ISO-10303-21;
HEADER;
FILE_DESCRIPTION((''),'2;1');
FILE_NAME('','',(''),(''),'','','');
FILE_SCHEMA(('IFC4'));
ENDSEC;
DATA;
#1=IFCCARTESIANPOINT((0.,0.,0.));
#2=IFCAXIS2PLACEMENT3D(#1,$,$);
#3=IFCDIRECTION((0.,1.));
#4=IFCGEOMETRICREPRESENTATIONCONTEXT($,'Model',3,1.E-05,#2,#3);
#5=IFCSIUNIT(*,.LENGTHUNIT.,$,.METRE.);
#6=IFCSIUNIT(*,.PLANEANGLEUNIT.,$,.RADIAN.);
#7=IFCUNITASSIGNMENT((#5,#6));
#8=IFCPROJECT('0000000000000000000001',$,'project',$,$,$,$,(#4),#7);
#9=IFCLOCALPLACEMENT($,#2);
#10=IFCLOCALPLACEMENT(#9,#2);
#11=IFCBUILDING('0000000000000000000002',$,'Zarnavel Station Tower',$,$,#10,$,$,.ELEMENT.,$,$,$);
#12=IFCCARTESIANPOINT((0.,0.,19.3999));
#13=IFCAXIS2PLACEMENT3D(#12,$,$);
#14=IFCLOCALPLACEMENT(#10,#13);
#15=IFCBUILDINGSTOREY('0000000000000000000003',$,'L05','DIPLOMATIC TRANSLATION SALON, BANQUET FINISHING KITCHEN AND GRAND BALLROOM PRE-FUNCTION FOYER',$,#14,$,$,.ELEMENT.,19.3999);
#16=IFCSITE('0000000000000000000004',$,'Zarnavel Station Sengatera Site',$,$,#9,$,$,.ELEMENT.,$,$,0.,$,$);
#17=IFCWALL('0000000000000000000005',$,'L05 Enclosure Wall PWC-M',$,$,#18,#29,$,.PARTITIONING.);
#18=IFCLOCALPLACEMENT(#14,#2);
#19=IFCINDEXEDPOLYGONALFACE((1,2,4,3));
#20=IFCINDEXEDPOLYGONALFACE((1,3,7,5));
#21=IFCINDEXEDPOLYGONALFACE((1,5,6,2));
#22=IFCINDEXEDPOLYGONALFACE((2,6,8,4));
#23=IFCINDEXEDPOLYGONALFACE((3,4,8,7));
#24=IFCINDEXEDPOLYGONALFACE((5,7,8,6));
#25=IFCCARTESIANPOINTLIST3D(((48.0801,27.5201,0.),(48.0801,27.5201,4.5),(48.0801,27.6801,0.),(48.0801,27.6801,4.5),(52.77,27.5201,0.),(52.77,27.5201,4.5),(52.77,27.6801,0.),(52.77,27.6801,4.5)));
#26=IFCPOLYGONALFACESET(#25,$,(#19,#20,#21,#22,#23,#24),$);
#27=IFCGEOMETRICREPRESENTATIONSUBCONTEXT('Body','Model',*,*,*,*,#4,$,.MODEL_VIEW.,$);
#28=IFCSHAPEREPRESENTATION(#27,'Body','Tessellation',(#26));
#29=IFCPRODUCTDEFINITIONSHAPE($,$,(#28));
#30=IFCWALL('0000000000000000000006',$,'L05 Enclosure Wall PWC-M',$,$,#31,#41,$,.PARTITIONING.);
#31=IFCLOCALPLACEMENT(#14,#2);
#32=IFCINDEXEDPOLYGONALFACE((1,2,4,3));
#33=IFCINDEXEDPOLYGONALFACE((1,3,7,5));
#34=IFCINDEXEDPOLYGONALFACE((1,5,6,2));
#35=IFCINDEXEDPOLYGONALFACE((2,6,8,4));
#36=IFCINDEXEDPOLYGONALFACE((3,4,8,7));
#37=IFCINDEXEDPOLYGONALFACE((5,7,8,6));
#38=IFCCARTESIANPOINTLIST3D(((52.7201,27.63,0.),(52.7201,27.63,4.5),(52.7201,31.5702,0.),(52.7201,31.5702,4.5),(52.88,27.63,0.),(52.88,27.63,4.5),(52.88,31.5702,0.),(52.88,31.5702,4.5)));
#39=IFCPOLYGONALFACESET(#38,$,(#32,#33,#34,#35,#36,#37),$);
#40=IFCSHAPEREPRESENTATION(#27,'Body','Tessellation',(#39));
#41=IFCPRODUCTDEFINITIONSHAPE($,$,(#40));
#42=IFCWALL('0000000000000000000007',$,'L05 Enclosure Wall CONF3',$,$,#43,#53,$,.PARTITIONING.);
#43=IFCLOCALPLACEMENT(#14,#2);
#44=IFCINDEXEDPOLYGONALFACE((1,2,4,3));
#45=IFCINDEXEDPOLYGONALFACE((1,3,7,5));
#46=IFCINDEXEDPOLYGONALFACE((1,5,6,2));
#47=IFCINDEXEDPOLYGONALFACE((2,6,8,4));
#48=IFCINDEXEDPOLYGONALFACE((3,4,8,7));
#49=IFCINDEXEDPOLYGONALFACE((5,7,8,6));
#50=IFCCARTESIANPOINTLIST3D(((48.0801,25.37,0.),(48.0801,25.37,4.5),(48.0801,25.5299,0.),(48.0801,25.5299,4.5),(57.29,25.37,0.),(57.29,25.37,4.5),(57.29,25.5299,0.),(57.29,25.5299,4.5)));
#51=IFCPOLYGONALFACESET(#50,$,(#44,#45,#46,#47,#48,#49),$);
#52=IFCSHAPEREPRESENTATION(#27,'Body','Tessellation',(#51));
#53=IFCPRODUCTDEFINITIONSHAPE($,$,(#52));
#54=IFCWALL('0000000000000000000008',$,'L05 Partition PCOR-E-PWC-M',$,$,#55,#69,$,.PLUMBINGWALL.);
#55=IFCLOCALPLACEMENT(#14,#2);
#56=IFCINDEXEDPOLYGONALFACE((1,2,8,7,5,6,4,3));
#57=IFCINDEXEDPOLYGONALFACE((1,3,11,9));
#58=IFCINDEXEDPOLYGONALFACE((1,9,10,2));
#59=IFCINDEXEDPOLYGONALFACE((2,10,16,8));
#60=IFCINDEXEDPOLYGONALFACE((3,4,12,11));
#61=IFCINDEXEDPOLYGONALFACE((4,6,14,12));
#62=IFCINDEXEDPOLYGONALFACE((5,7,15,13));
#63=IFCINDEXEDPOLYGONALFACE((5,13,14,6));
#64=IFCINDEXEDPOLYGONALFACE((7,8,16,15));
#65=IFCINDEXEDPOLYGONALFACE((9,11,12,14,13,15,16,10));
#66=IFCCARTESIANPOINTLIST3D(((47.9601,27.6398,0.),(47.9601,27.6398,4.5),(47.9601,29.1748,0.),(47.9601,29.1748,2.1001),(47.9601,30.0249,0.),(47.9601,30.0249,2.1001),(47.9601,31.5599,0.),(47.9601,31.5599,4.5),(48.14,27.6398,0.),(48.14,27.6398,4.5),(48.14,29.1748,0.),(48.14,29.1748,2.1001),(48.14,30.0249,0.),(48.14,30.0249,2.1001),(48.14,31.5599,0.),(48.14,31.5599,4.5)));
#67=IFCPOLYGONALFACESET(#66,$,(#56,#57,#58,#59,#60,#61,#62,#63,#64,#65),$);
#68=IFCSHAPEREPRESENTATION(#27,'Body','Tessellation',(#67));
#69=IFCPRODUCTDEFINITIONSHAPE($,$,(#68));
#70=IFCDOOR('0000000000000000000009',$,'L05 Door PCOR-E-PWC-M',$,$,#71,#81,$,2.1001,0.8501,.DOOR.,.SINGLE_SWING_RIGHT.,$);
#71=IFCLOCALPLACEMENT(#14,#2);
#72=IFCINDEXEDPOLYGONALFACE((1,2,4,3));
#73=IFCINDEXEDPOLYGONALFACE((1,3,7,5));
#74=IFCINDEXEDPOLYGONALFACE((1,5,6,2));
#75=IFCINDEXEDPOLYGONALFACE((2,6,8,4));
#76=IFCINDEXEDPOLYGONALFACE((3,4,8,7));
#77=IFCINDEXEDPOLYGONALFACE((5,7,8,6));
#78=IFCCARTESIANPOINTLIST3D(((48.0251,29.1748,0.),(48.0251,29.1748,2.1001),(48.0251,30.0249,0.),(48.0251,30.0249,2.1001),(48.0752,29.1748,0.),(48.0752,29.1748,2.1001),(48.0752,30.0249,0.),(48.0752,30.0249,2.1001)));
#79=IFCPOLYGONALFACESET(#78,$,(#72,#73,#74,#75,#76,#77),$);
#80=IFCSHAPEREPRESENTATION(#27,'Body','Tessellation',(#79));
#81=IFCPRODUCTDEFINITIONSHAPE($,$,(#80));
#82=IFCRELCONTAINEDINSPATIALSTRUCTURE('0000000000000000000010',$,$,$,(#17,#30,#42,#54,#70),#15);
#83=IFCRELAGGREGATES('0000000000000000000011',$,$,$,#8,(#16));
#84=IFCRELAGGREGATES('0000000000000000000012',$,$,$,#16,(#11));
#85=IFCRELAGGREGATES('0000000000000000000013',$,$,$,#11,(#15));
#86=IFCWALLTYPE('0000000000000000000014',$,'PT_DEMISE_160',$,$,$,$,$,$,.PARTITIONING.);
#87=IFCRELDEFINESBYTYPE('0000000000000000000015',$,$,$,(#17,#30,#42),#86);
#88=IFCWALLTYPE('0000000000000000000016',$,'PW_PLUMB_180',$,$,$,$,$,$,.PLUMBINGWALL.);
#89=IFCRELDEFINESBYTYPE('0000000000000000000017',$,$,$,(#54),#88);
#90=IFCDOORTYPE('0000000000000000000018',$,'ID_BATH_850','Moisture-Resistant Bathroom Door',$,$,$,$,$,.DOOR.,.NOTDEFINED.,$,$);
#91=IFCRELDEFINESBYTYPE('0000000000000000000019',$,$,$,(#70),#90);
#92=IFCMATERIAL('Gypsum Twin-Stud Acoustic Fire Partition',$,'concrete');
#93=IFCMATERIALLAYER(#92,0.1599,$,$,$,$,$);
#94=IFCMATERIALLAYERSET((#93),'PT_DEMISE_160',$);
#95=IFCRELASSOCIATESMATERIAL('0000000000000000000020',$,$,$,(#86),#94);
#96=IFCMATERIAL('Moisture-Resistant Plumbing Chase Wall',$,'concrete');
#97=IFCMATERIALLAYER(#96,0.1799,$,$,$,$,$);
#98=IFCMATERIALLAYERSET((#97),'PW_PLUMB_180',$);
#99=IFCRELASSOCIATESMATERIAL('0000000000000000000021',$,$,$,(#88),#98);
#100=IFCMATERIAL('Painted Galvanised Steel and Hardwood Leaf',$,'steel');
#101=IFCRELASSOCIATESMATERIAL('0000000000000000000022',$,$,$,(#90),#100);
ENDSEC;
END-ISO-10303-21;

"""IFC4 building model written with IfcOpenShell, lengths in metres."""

from ifc_helpers import new_model, si_unit, direction, frame, frame_2d, origin, place, context, subcontext, project, spatial, rectangle, extrude, material, layer, layer_set, type_object, element, fill, save


model = new_model("IFC4")

# Units and contexts
model_context = context("Model", 3, precision=1e-05, world=origin(), true_north=direction((0.0, 1.0)))
body_context = subcontext(model_context, "Body", "Model", "MODEL_VIEW")
ifc_project = project(units=[si_unit("LENGTHUNIT", "METRE"), si_unit("PLANEANGLEUNIT", "RADIAN")], contexts=[model_context])

# Site, building, storey
site_placement = place(None, origin())
site = spatial("IfcSite", under=ifc_project, at=site_placement, Name="Zarnavel Station Sengatera Site", CompositionType="ELEMENT", RefElevation=0.0)
building_placement = place(site_placement, origin())
building = spatial("IfcBuilding", under=site, at=building_placement, Name="Zarnavel Station Tower", CompositionType="ELEMENT")
storey_placement = place(building_placement, frame((0.0, 0.0, 19.3999)))
storey = spatial("IfcBuildingStorey", under=building, at=storey_placement, Name="L05", Description="DIPLOMATIC TRANSLATION SALON, BANQUET FINISHING KITCHEN AND GRAND BALLROOM PRE-FUNCTION FOYER", CompositionType="ELEMENT", Elevation=19.3999)

# Walls
ifc_material_1 = material(Name="Gypsum Twin-Stud Acoustic Fire Partition", Category="concrete")
ifc_layer_1 = layer(ifc_material_1, 0.1599)
ifc_layer_set_1 = layer_set([ifc_layer_1], Name="PT_DEMISE_160")
wall_type_1 = type_object("IfcWallType", Name="PT_DEMISE_160", PredefinedType="PARTITIONING", material=ifc_layer_set_1)
wall_1_placement = place(storey_placement, frame((48.0801, 27.6001, 0.0), z_axis=(0.0, 0.0, 1.0), x_axis=(1.0, 0.0, 0.0)))
element("IfcWall", 1, at=wall_1_placement, inside=storey, type_object=wall_type_1, Name="L05 Enclosure Wall PWC-M", PredefinedType="PARTITIONING", context=body_context, shape_type="SweptSolid", body=[
    extrude(rectangle(XDim=4.6899, YDim=0.1599, at=frame_2d((2.345, 0.0))), origin(), (0.0, 0.0, 1.0), 4.5),
])
wall_2_placement = place(storey_placement, frame((52.8, 27.6299, 0.0), z_axis=(0.0, 0.0, 1.0), x_axis=(0.0, 1.0, 0.0)))
element("IfcWall", 2, at=wall_2_placement, inside=storey, type_object=wall_type_1, Name="L05 Enclosure Wall PWC-M", PredefinedType="PARTITIONING", context=body_context, shape_type="SweptSolid", body=[
    extrude(rectangle(XDim=3.9402, YDim=0.1599, at=frame_2d((1.9702, 0.0))), origin(), (0.0, 0.0, 1.0), 4.5),
])
wall_3_placement = place(storey_placement, frame((48.0801, 25.45, 0.0), z_axis=(0.0, 0.0, 1.0), x_axis=(1.0, 0.0, 0.0)))
element("IfcWall", 3, at=wall_3_placement, inside=storey, type_object=wall_type_1, Name="L05 Enclosure Wall CONF3", PredefinedType="PARTITIONING", context=body_context, shape_type="SweptSolid", body=[
    extrude(rectangle(XDim=9.21, YDim=0.1599, at=frame_2d((4.605, 0.0))), origin(), (0.0, 0.0, 1.0), 4.5),
])

# Wall, opening, door
ifc_material_2 = material(Name="Moisture-Resistant Plumbing Chase Wall", Category="concrete")
ifc_layer_2 = layer(ifc_material_2, 0.1799)
ifc_layer_set_2 = layer_set([ifc_layer_2], Name="PW_PLUMB_180")
wall_type_2 = type_object("IfcWallType", Name="PW_PLUMB_180", PredefinedType="PLUMBINGWALL", material=ifc_layer_set_2)
wall_4_placement = place(storey_placement, frame((48.05, 27.6399, 0.0), z_axis=(0.0, 0.0, 1.0), x_axis=(0.0, 1.0, 0.0)))
wall_4 = element("IfcWall", 4, at=wall_4_placement, inside=storey, type_object=wall_type_2, Name="L05 Partition PCOR-E-PWC-M", PredefinedType="PLUMBINGWALL", context=body_context, shape_type="SweptSolid", body=[
    extrude(rectangle(XDim=3.9202, YDim=0.1799, at=frame_2d((1.96, 0.0))), origin(), (0.0, 0.0, 1.0), 4.5),
])
opening_placement = place(wall_4_placement, frame((1.5349, 0.0, 0.0)))
opening = element("IfcOpeningElement", 5, at=opening_placement, cuts=wall_4, PredefinedType="OPENING", context=body_context, shape_type="SweptSolid", body=[
    extrude(rectangle(XDim=0.8501, YDim=2.1001, at=frame_2d((0.425, 1.05))), frame((0.0, 0.0999, 0.0), z_axis=(0.0, -1.0, 0.0), x_axis=(1.0, 0.0, 0.0)), (0.0, 0.0, 1.0), 0.2),
])
ifc_material_3 = material(Name="Painted Galvanised Steel and Hardwood Leaf", Category="steel")
door_type = type_object("IfcDoorType", Name="ID_BATH_850", Description="Moisture-Resistant Bathroom Door", OperationType="NOTDEFINED", PredefinedType="DOOR", material=ifc_material_3)
door_placement = place(opening_placement, origin())
door = element("IfcDoor", 6, at=door_placement, inside=storey, type_object=door_type, Name="L05 Door PCOR-E-PWC-M", OperationType="SINGLE_SWING_RIGHT", OverallHeight=2.1001, OverallWidth=0.8501, PredefinedType="DOOR", context=body_context, shape_type="SweptSolid", body=[
    extrude(rectangle(XDim=0.8501, YDim=2.1001, at=frame_2d((0.425, 1.05))), frame((0.0, 0.0249, 0.0), z_axis=(0.0, -1.0, 0.0), x_axis=(1.0, 0.0, 0.0)), (0.0, 0.0, 1.0), 0.05),
])
fill(opening, door)

save(model, "model.ifc")
